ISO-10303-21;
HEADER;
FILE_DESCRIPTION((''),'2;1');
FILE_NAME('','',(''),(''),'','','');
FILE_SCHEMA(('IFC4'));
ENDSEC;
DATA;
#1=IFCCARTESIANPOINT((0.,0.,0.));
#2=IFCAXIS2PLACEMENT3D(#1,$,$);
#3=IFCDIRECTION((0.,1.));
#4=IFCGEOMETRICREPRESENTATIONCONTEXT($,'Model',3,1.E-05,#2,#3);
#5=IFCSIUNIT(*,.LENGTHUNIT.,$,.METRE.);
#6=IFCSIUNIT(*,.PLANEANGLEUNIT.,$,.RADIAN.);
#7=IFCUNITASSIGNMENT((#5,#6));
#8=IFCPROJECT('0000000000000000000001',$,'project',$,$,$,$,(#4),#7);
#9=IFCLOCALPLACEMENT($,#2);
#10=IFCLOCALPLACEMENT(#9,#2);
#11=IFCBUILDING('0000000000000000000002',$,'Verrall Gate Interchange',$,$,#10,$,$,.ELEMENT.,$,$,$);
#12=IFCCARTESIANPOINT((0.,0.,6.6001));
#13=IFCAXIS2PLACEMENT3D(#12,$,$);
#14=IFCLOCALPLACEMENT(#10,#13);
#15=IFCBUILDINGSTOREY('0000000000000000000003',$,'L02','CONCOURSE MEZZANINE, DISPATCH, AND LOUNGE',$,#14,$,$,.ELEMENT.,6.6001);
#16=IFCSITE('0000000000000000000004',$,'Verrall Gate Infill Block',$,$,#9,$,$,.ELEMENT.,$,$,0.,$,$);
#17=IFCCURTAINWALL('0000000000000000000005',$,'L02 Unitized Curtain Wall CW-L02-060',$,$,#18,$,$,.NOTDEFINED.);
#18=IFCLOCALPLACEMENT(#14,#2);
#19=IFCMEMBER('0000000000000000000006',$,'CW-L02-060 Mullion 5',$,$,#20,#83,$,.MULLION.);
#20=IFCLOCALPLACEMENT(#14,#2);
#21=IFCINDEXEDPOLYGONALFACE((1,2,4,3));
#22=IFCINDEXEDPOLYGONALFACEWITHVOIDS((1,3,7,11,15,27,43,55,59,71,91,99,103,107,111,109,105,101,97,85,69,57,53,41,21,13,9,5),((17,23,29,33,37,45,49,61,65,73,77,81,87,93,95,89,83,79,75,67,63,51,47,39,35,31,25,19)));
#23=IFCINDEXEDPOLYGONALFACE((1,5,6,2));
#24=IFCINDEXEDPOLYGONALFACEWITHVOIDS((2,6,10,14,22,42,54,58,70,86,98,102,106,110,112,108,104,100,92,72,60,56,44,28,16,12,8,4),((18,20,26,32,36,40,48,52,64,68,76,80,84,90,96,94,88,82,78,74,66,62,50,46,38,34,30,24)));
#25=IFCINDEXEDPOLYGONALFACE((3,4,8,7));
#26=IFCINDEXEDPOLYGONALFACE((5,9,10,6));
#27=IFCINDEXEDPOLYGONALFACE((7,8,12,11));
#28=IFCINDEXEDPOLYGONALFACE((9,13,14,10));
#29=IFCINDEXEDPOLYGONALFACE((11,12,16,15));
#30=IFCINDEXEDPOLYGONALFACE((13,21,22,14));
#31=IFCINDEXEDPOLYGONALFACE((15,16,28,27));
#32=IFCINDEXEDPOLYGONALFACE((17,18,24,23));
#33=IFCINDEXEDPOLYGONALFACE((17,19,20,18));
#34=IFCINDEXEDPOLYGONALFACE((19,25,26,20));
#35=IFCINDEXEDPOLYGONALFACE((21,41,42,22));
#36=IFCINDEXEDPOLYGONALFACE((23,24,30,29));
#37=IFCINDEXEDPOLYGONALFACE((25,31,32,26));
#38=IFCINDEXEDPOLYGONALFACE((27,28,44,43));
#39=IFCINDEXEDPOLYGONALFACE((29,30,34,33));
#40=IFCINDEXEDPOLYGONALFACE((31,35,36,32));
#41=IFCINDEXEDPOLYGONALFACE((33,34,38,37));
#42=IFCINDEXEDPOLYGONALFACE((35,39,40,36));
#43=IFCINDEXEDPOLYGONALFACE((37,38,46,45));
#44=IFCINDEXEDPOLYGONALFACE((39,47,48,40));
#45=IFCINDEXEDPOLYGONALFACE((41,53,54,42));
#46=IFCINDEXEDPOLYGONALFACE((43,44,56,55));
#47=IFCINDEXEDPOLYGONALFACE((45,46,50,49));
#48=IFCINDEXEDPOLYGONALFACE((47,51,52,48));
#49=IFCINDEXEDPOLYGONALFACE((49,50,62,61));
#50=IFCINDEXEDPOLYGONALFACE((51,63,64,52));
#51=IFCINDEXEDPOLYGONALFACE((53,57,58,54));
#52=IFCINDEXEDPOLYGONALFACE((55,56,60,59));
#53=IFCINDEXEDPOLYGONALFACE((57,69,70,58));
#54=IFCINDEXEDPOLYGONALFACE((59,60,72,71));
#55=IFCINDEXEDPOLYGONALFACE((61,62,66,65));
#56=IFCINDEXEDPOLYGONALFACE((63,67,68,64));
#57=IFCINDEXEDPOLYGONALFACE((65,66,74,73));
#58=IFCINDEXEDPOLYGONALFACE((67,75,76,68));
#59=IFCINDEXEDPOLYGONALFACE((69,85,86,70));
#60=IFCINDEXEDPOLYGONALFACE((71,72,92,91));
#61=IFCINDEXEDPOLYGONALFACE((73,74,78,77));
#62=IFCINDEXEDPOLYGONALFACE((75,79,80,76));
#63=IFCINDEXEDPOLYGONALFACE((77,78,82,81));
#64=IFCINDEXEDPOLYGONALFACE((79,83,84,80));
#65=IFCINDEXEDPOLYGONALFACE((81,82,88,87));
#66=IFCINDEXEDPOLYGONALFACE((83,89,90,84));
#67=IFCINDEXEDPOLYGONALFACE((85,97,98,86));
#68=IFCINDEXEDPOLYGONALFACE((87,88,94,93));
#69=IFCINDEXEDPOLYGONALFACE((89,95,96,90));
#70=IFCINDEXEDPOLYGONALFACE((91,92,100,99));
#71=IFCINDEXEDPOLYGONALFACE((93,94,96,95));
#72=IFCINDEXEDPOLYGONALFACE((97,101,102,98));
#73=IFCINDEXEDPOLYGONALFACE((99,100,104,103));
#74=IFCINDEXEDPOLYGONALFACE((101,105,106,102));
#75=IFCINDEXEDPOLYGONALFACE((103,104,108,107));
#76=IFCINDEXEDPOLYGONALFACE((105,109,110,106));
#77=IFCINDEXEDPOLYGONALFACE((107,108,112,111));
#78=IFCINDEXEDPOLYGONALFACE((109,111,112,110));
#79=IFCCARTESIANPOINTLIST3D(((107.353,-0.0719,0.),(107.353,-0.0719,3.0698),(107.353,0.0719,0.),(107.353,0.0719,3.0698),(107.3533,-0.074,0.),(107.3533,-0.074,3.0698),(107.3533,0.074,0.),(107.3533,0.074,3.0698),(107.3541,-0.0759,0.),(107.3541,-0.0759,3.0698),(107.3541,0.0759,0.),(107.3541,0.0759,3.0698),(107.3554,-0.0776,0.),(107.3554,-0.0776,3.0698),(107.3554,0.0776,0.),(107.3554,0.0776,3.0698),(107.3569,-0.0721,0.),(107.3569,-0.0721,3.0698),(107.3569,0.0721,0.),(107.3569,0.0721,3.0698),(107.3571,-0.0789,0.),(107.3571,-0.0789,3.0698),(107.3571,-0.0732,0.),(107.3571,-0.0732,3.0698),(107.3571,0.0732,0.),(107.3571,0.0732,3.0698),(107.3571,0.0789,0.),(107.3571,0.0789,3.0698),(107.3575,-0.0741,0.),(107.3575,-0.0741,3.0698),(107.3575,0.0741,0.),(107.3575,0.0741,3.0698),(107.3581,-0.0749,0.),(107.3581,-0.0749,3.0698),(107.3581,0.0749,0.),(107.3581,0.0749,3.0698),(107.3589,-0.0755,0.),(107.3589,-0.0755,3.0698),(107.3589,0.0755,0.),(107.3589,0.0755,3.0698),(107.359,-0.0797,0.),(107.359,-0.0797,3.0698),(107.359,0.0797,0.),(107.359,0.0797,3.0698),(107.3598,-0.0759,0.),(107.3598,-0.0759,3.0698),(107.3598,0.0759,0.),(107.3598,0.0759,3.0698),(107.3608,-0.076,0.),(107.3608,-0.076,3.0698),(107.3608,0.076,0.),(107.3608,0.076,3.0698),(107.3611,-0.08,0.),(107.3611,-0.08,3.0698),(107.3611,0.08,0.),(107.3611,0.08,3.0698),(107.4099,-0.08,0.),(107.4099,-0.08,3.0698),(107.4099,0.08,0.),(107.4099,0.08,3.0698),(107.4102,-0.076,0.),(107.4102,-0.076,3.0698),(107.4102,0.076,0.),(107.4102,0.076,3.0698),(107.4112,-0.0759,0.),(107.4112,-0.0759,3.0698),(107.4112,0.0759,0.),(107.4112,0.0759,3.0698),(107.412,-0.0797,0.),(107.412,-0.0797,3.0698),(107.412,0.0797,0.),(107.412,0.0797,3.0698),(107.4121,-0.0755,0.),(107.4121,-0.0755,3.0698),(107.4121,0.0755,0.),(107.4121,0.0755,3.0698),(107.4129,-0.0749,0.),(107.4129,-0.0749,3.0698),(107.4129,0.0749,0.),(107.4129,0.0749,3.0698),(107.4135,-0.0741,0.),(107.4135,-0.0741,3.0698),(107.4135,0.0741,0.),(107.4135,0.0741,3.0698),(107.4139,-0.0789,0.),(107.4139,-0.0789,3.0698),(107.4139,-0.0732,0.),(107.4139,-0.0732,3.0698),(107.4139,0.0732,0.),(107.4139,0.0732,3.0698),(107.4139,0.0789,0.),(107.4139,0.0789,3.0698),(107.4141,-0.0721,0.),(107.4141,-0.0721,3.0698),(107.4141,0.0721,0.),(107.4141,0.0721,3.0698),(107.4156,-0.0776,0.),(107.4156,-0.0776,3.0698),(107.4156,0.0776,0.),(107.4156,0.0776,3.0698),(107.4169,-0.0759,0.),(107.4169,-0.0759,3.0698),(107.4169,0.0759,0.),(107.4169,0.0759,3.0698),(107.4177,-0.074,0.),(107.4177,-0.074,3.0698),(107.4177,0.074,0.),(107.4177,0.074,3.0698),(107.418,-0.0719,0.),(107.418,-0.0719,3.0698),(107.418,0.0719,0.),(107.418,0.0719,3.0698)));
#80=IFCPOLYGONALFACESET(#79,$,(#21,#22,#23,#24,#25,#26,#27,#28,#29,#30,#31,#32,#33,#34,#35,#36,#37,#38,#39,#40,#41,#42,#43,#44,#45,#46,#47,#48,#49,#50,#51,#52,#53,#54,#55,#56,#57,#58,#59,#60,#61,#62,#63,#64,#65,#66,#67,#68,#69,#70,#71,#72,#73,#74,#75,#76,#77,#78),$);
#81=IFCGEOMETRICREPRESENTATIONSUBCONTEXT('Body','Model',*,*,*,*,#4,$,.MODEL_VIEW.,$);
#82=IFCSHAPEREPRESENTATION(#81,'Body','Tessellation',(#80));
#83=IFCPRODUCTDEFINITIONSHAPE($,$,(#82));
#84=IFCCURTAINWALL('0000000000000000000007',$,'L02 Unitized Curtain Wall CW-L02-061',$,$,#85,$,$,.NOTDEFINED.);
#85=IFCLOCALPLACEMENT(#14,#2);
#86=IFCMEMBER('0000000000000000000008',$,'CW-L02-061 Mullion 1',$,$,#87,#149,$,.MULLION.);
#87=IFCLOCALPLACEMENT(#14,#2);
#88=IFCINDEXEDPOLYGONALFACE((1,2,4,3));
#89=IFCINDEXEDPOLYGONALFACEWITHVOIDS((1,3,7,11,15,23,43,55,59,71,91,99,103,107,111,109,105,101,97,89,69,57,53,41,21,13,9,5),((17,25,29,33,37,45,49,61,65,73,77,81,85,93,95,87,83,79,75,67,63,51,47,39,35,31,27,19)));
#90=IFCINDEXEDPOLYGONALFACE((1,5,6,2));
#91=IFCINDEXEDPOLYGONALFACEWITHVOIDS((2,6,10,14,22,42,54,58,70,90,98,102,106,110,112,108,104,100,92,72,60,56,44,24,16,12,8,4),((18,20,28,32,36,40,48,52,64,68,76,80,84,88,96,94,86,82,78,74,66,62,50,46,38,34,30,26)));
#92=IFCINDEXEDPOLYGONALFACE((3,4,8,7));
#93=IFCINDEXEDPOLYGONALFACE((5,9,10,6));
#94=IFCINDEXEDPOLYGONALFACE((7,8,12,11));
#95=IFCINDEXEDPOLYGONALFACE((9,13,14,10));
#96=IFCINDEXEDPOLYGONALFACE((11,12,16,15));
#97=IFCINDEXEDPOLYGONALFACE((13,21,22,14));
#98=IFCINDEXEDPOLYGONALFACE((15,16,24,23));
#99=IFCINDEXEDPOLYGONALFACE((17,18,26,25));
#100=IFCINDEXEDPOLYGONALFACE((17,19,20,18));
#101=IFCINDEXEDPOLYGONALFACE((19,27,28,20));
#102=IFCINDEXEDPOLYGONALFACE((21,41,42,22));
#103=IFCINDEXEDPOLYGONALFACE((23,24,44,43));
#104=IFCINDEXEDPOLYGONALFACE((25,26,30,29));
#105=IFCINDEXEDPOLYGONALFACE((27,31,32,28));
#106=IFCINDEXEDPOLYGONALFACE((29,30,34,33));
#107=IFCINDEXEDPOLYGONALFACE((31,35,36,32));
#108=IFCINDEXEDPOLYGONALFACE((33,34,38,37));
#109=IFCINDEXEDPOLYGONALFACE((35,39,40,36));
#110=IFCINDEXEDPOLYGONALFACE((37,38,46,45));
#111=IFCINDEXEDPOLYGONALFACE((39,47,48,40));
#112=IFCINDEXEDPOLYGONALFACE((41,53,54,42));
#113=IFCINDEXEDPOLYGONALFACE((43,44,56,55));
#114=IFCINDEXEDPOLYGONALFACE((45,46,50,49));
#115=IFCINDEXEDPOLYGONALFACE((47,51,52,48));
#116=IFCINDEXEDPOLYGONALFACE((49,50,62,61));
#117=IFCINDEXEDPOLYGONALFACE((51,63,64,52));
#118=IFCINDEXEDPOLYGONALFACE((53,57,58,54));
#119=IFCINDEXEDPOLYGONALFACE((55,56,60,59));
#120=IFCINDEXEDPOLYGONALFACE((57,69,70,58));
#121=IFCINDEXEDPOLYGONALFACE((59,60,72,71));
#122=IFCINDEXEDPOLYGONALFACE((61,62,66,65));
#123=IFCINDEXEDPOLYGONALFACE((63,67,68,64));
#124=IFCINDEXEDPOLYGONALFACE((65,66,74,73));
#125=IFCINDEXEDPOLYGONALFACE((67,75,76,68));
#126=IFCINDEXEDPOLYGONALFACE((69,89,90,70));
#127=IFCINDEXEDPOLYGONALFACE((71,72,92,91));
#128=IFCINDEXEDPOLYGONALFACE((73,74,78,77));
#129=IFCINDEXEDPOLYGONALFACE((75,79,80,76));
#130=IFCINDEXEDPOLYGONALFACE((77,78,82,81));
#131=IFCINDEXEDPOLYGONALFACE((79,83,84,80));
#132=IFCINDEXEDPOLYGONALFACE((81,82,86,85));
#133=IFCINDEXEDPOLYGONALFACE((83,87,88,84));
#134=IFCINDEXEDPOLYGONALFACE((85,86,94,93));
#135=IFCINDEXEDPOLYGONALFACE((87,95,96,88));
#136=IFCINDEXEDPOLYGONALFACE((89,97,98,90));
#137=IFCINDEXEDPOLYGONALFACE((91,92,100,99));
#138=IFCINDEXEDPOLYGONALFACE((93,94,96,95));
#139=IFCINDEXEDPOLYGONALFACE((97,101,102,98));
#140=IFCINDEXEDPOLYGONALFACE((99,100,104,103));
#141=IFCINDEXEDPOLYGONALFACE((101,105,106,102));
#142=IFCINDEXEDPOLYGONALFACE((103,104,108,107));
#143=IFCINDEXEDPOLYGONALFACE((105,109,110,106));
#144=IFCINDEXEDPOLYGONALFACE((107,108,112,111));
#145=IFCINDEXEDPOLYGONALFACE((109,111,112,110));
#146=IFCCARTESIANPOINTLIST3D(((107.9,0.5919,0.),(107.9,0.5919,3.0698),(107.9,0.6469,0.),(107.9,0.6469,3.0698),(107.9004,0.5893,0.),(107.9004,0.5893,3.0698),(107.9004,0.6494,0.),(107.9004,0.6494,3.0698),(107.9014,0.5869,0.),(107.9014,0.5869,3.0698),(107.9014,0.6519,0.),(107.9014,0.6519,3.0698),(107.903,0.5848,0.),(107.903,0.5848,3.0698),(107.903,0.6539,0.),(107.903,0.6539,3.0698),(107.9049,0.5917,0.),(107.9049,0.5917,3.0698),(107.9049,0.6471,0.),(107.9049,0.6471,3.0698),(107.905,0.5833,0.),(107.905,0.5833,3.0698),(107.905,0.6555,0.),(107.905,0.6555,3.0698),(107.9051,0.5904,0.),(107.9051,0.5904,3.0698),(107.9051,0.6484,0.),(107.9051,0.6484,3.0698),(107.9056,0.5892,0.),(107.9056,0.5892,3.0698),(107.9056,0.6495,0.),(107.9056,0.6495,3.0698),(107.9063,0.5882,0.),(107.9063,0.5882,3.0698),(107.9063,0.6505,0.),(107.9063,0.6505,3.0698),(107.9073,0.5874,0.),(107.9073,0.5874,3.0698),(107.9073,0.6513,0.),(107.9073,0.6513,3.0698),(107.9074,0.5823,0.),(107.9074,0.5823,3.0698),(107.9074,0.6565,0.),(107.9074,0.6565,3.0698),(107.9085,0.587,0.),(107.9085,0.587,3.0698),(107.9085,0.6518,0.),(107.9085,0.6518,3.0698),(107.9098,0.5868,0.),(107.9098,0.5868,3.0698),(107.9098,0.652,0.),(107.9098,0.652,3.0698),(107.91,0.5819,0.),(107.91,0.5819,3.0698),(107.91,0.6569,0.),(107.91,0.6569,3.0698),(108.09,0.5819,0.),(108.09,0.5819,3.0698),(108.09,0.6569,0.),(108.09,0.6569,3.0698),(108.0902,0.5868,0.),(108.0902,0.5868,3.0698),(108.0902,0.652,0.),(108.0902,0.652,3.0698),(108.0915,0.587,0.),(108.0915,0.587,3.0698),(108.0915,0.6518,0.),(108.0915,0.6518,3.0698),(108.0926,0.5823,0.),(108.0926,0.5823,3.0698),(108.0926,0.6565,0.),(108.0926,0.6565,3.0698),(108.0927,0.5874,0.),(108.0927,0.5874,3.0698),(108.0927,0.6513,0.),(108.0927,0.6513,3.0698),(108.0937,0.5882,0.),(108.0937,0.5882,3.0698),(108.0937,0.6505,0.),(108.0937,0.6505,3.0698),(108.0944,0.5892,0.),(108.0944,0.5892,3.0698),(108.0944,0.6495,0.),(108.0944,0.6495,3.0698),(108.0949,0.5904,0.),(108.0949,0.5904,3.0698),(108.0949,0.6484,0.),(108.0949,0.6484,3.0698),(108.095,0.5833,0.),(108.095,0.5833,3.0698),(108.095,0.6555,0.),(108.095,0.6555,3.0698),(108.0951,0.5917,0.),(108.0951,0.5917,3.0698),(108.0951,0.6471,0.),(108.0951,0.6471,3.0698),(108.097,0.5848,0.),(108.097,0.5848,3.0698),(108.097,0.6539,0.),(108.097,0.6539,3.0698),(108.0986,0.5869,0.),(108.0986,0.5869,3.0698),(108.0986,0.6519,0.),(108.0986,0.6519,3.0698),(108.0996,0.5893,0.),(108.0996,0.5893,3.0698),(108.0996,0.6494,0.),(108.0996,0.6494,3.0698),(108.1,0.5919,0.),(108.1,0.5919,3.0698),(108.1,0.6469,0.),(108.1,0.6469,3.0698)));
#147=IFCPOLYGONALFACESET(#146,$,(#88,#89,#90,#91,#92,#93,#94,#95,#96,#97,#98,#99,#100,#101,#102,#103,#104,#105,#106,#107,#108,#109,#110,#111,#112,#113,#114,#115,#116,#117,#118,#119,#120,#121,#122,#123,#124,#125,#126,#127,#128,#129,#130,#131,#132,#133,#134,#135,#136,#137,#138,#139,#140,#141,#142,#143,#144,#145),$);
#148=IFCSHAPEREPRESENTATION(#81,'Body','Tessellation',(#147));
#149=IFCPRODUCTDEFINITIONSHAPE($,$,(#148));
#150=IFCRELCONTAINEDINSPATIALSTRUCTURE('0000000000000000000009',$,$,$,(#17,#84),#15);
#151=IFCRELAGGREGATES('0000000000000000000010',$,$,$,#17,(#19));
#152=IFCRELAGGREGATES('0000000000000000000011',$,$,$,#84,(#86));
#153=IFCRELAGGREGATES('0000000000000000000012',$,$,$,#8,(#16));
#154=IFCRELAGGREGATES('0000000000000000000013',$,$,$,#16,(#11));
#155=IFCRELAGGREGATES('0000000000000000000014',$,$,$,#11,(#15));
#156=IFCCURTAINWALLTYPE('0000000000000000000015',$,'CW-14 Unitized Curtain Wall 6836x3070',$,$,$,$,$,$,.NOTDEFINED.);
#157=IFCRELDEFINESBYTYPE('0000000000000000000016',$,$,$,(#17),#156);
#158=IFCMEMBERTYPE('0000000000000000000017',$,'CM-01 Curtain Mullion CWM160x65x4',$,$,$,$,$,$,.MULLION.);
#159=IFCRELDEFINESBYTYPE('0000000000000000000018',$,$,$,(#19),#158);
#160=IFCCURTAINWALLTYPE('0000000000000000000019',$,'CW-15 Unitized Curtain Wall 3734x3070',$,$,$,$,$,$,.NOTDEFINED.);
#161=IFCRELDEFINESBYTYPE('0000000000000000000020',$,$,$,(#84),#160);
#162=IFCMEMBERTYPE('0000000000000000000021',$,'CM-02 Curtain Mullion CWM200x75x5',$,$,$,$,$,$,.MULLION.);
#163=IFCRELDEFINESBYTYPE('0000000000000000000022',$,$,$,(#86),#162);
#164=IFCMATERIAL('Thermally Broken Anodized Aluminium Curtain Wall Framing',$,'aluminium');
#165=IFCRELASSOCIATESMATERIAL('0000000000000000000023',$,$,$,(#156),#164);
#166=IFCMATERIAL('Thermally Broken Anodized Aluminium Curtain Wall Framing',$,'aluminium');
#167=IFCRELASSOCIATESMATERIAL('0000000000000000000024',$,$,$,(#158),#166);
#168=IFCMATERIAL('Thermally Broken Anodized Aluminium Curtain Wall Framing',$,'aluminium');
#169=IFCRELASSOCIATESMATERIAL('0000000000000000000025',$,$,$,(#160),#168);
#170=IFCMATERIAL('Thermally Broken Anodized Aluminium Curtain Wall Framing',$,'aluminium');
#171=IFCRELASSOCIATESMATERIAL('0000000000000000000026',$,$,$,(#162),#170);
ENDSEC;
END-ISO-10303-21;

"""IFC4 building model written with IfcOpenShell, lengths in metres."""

from ifc_helpers import new_model, si_unit, direction, frame, origin, origin_2d, place, context, subcontext, project, spatial, hollow_rectangle, extrude, material, material_profile, profile_set, type_object, element, aggregate, save


model = new_model("IFC4")

# Units and contexts
model_context = context("Model", 3, precision=1e-05, world=origin(), true_north=direction((0.0, 1.0)))
body_context = subcontext(model_context, "Body", "Model", "MODEL_VIEW")
ifc_project = project(units=[si_unit("LENGTHUNIT", "METRE"), si_unit("PLANEANGLEUNIT", "RADIAN")], contexts=[model_context])

# Site, building, storey
site_placement = place(None, origin())
site = spatial("IfcSite", under=ifc_project, at=site_placement, Name="Verrall Gate Infill Block", CompositionType="ELEMENT", RefElevation=0.0)
building_placement = place(site_placement, origin())
building = spatial("IfcBuilding", under=site, at=building_placement, Name="Verrall Gate Interchange", CompositionType="ELEMENT")
storey_placement = place(building_placement, frame((0.0, 0.0, 6.6001)))
storey = spatial("IfcBuildingStorey", under=building, at=storey_placement, Name="L02", Description="CONCOURSE MEZZANINE, DISPATCH, AND LOUNGE", CompositionType="ELEMENT", Elevation=6.6001)

# Curtain walls, members
ifc_material_1 = material(Name="Thermally Broken Anodized Aluminium Curtain Wall Framing", Category="aluminium")
curtain_wall_type_1 = type_object("IfcCurtainWallType", Name="CW-14 Unitized Curtain Wall 6836x3070", PredefinedType="NOTDEFINED", material=ifc_material_1)
curtain_wall_1_placement = place(storey_placement, origin())
curtain_wall_1 = element("IfcCurtainWall", 1, at=curtain_wall_1_placement, inside=storey, type_object=curtain_wall_type_1, Name="L02 Unitized Curtain Wall CW-L02-060", PredefinedType="NOTDEFINED")
ifc_material_2 = material(Name="Thermally Broken Anodized Aluminium Curtain Wall Framing", Category="aluminium")
ifc_material_profile_1 = material_profile(ifc_material_2, hollow_rectangle(XDim=0.0649, YDim=0.1599, WallThickness=0.0039, InnerFilletRadius=0.0039, OuterFilletRadius=0.0081, at=origin_2d()), Name="CWM160x65x4")
ifc_profile_set_1 = profile_set([ifc_material_profile_1], Name="Thermally Broken Anodized Aluminium Curtain Wall Framing")
member_type_1 = type_object("IfcMemberType", Name="CM-01 Curtain Mullion CWM160x65x4", PredefinedType="MULLION", material=ifc_profile_set_1)
member_1_placement = place(storey_placement, frame((107.3855, 0.0, 0.0), z_axis=(0.0, 0.0, 1.0), x_axis=(1.0, 0.0, 0.0)))
member_1 = element("IfcMember", 2, at=member_1_placement, type_object=member_type_1, Name="CW-L02-060 Mullion 5", PredefinedType="MULLION", context=body_context, shape_type="SweptSolid", body=[
    extrude(hollow_rectangle(XDim=0.0649, YDim=0.1599, WallThickness=0.0039, InnerFilletRadius=0.0039, OuterFilletRadius=0.0081, at=origin_2d()), origin(), (0.0, 0.0, 1.0), 3.0698),
])
ifc_material_3 = material(Name="Thermally Broken Anodized Aluminium Curtain Wall Framing", Category="aluminium")
curtain_wall_type_2 = type_object("IfcCurtainWallType", Name="CW-15 Unitized Curtain Wall 3734x3070", PredefinedType="NOTDEFINED", material=ifc_material_3)
curtain_wall_2_placement = place(storey_placement, origin())
curtain_wall_2 = element("IfcCurtainWall", 3, at=curtain_wall_2_placement, inside=storey, type_object=curtain_wall_type_2, Name="L02 Unitized Curtain Wall CW-L02-061", PredefinedType="NOTDEFINED")
ifc_material_4 = material(Name="Thermally Broken Anodized Aluminium Curtain Wall Framing", Category="aluminium")
ifc_material_profile_2 = material_profile(ifc_material_4, hollow_rectangle(XDim=0.075, YDim=0.2, WallThickness=0.0049, InnerFilletRadius=0.0049, OuterFilletRadius=0.01, at=origin_2d()), Name="CWM200x75x5")
ifc_profile_set_2 = profile_set([ifc_material_profile_2], Name="Thermally Broken Anodized Aluminium Curtain Wall Framing")
member_type_2 = type_object("IfcMemberType", Name="CM-02 Curtain Mullion CWM200x75x5", PredefinedType="MULLION", material=ifc_profile_set_2)
member_2_placement = place(storey_placement, frame((108.0, 0.6194, 0.0), z_axis=(0.0, 0.0, 1.0), x_axis=(0.0, 1.0, 0.0)))
member_2 = element("IfcMember", 4, at=member_2_placement, type_object=member_type_2, Name="CW-L02-061 Mullion 1", PredefinedType="MULLION", context=body_context, shape_type="SweptSolid", body=[
    extrude(hollow_rectangle(XDim=0.075, YDim=0.2, WallThickness=0.0049, InnerFilletRadius=0.0049, OuterFilletRadius=0.01, at=origin_2d()), origin(), (0.0, 0.0, 1.0), 3.0698),
])

aggregate(curtain_wall_1, [member_1])
aggregate(curtain_wall_2, [member_2])

save(model, "model.ifc")
